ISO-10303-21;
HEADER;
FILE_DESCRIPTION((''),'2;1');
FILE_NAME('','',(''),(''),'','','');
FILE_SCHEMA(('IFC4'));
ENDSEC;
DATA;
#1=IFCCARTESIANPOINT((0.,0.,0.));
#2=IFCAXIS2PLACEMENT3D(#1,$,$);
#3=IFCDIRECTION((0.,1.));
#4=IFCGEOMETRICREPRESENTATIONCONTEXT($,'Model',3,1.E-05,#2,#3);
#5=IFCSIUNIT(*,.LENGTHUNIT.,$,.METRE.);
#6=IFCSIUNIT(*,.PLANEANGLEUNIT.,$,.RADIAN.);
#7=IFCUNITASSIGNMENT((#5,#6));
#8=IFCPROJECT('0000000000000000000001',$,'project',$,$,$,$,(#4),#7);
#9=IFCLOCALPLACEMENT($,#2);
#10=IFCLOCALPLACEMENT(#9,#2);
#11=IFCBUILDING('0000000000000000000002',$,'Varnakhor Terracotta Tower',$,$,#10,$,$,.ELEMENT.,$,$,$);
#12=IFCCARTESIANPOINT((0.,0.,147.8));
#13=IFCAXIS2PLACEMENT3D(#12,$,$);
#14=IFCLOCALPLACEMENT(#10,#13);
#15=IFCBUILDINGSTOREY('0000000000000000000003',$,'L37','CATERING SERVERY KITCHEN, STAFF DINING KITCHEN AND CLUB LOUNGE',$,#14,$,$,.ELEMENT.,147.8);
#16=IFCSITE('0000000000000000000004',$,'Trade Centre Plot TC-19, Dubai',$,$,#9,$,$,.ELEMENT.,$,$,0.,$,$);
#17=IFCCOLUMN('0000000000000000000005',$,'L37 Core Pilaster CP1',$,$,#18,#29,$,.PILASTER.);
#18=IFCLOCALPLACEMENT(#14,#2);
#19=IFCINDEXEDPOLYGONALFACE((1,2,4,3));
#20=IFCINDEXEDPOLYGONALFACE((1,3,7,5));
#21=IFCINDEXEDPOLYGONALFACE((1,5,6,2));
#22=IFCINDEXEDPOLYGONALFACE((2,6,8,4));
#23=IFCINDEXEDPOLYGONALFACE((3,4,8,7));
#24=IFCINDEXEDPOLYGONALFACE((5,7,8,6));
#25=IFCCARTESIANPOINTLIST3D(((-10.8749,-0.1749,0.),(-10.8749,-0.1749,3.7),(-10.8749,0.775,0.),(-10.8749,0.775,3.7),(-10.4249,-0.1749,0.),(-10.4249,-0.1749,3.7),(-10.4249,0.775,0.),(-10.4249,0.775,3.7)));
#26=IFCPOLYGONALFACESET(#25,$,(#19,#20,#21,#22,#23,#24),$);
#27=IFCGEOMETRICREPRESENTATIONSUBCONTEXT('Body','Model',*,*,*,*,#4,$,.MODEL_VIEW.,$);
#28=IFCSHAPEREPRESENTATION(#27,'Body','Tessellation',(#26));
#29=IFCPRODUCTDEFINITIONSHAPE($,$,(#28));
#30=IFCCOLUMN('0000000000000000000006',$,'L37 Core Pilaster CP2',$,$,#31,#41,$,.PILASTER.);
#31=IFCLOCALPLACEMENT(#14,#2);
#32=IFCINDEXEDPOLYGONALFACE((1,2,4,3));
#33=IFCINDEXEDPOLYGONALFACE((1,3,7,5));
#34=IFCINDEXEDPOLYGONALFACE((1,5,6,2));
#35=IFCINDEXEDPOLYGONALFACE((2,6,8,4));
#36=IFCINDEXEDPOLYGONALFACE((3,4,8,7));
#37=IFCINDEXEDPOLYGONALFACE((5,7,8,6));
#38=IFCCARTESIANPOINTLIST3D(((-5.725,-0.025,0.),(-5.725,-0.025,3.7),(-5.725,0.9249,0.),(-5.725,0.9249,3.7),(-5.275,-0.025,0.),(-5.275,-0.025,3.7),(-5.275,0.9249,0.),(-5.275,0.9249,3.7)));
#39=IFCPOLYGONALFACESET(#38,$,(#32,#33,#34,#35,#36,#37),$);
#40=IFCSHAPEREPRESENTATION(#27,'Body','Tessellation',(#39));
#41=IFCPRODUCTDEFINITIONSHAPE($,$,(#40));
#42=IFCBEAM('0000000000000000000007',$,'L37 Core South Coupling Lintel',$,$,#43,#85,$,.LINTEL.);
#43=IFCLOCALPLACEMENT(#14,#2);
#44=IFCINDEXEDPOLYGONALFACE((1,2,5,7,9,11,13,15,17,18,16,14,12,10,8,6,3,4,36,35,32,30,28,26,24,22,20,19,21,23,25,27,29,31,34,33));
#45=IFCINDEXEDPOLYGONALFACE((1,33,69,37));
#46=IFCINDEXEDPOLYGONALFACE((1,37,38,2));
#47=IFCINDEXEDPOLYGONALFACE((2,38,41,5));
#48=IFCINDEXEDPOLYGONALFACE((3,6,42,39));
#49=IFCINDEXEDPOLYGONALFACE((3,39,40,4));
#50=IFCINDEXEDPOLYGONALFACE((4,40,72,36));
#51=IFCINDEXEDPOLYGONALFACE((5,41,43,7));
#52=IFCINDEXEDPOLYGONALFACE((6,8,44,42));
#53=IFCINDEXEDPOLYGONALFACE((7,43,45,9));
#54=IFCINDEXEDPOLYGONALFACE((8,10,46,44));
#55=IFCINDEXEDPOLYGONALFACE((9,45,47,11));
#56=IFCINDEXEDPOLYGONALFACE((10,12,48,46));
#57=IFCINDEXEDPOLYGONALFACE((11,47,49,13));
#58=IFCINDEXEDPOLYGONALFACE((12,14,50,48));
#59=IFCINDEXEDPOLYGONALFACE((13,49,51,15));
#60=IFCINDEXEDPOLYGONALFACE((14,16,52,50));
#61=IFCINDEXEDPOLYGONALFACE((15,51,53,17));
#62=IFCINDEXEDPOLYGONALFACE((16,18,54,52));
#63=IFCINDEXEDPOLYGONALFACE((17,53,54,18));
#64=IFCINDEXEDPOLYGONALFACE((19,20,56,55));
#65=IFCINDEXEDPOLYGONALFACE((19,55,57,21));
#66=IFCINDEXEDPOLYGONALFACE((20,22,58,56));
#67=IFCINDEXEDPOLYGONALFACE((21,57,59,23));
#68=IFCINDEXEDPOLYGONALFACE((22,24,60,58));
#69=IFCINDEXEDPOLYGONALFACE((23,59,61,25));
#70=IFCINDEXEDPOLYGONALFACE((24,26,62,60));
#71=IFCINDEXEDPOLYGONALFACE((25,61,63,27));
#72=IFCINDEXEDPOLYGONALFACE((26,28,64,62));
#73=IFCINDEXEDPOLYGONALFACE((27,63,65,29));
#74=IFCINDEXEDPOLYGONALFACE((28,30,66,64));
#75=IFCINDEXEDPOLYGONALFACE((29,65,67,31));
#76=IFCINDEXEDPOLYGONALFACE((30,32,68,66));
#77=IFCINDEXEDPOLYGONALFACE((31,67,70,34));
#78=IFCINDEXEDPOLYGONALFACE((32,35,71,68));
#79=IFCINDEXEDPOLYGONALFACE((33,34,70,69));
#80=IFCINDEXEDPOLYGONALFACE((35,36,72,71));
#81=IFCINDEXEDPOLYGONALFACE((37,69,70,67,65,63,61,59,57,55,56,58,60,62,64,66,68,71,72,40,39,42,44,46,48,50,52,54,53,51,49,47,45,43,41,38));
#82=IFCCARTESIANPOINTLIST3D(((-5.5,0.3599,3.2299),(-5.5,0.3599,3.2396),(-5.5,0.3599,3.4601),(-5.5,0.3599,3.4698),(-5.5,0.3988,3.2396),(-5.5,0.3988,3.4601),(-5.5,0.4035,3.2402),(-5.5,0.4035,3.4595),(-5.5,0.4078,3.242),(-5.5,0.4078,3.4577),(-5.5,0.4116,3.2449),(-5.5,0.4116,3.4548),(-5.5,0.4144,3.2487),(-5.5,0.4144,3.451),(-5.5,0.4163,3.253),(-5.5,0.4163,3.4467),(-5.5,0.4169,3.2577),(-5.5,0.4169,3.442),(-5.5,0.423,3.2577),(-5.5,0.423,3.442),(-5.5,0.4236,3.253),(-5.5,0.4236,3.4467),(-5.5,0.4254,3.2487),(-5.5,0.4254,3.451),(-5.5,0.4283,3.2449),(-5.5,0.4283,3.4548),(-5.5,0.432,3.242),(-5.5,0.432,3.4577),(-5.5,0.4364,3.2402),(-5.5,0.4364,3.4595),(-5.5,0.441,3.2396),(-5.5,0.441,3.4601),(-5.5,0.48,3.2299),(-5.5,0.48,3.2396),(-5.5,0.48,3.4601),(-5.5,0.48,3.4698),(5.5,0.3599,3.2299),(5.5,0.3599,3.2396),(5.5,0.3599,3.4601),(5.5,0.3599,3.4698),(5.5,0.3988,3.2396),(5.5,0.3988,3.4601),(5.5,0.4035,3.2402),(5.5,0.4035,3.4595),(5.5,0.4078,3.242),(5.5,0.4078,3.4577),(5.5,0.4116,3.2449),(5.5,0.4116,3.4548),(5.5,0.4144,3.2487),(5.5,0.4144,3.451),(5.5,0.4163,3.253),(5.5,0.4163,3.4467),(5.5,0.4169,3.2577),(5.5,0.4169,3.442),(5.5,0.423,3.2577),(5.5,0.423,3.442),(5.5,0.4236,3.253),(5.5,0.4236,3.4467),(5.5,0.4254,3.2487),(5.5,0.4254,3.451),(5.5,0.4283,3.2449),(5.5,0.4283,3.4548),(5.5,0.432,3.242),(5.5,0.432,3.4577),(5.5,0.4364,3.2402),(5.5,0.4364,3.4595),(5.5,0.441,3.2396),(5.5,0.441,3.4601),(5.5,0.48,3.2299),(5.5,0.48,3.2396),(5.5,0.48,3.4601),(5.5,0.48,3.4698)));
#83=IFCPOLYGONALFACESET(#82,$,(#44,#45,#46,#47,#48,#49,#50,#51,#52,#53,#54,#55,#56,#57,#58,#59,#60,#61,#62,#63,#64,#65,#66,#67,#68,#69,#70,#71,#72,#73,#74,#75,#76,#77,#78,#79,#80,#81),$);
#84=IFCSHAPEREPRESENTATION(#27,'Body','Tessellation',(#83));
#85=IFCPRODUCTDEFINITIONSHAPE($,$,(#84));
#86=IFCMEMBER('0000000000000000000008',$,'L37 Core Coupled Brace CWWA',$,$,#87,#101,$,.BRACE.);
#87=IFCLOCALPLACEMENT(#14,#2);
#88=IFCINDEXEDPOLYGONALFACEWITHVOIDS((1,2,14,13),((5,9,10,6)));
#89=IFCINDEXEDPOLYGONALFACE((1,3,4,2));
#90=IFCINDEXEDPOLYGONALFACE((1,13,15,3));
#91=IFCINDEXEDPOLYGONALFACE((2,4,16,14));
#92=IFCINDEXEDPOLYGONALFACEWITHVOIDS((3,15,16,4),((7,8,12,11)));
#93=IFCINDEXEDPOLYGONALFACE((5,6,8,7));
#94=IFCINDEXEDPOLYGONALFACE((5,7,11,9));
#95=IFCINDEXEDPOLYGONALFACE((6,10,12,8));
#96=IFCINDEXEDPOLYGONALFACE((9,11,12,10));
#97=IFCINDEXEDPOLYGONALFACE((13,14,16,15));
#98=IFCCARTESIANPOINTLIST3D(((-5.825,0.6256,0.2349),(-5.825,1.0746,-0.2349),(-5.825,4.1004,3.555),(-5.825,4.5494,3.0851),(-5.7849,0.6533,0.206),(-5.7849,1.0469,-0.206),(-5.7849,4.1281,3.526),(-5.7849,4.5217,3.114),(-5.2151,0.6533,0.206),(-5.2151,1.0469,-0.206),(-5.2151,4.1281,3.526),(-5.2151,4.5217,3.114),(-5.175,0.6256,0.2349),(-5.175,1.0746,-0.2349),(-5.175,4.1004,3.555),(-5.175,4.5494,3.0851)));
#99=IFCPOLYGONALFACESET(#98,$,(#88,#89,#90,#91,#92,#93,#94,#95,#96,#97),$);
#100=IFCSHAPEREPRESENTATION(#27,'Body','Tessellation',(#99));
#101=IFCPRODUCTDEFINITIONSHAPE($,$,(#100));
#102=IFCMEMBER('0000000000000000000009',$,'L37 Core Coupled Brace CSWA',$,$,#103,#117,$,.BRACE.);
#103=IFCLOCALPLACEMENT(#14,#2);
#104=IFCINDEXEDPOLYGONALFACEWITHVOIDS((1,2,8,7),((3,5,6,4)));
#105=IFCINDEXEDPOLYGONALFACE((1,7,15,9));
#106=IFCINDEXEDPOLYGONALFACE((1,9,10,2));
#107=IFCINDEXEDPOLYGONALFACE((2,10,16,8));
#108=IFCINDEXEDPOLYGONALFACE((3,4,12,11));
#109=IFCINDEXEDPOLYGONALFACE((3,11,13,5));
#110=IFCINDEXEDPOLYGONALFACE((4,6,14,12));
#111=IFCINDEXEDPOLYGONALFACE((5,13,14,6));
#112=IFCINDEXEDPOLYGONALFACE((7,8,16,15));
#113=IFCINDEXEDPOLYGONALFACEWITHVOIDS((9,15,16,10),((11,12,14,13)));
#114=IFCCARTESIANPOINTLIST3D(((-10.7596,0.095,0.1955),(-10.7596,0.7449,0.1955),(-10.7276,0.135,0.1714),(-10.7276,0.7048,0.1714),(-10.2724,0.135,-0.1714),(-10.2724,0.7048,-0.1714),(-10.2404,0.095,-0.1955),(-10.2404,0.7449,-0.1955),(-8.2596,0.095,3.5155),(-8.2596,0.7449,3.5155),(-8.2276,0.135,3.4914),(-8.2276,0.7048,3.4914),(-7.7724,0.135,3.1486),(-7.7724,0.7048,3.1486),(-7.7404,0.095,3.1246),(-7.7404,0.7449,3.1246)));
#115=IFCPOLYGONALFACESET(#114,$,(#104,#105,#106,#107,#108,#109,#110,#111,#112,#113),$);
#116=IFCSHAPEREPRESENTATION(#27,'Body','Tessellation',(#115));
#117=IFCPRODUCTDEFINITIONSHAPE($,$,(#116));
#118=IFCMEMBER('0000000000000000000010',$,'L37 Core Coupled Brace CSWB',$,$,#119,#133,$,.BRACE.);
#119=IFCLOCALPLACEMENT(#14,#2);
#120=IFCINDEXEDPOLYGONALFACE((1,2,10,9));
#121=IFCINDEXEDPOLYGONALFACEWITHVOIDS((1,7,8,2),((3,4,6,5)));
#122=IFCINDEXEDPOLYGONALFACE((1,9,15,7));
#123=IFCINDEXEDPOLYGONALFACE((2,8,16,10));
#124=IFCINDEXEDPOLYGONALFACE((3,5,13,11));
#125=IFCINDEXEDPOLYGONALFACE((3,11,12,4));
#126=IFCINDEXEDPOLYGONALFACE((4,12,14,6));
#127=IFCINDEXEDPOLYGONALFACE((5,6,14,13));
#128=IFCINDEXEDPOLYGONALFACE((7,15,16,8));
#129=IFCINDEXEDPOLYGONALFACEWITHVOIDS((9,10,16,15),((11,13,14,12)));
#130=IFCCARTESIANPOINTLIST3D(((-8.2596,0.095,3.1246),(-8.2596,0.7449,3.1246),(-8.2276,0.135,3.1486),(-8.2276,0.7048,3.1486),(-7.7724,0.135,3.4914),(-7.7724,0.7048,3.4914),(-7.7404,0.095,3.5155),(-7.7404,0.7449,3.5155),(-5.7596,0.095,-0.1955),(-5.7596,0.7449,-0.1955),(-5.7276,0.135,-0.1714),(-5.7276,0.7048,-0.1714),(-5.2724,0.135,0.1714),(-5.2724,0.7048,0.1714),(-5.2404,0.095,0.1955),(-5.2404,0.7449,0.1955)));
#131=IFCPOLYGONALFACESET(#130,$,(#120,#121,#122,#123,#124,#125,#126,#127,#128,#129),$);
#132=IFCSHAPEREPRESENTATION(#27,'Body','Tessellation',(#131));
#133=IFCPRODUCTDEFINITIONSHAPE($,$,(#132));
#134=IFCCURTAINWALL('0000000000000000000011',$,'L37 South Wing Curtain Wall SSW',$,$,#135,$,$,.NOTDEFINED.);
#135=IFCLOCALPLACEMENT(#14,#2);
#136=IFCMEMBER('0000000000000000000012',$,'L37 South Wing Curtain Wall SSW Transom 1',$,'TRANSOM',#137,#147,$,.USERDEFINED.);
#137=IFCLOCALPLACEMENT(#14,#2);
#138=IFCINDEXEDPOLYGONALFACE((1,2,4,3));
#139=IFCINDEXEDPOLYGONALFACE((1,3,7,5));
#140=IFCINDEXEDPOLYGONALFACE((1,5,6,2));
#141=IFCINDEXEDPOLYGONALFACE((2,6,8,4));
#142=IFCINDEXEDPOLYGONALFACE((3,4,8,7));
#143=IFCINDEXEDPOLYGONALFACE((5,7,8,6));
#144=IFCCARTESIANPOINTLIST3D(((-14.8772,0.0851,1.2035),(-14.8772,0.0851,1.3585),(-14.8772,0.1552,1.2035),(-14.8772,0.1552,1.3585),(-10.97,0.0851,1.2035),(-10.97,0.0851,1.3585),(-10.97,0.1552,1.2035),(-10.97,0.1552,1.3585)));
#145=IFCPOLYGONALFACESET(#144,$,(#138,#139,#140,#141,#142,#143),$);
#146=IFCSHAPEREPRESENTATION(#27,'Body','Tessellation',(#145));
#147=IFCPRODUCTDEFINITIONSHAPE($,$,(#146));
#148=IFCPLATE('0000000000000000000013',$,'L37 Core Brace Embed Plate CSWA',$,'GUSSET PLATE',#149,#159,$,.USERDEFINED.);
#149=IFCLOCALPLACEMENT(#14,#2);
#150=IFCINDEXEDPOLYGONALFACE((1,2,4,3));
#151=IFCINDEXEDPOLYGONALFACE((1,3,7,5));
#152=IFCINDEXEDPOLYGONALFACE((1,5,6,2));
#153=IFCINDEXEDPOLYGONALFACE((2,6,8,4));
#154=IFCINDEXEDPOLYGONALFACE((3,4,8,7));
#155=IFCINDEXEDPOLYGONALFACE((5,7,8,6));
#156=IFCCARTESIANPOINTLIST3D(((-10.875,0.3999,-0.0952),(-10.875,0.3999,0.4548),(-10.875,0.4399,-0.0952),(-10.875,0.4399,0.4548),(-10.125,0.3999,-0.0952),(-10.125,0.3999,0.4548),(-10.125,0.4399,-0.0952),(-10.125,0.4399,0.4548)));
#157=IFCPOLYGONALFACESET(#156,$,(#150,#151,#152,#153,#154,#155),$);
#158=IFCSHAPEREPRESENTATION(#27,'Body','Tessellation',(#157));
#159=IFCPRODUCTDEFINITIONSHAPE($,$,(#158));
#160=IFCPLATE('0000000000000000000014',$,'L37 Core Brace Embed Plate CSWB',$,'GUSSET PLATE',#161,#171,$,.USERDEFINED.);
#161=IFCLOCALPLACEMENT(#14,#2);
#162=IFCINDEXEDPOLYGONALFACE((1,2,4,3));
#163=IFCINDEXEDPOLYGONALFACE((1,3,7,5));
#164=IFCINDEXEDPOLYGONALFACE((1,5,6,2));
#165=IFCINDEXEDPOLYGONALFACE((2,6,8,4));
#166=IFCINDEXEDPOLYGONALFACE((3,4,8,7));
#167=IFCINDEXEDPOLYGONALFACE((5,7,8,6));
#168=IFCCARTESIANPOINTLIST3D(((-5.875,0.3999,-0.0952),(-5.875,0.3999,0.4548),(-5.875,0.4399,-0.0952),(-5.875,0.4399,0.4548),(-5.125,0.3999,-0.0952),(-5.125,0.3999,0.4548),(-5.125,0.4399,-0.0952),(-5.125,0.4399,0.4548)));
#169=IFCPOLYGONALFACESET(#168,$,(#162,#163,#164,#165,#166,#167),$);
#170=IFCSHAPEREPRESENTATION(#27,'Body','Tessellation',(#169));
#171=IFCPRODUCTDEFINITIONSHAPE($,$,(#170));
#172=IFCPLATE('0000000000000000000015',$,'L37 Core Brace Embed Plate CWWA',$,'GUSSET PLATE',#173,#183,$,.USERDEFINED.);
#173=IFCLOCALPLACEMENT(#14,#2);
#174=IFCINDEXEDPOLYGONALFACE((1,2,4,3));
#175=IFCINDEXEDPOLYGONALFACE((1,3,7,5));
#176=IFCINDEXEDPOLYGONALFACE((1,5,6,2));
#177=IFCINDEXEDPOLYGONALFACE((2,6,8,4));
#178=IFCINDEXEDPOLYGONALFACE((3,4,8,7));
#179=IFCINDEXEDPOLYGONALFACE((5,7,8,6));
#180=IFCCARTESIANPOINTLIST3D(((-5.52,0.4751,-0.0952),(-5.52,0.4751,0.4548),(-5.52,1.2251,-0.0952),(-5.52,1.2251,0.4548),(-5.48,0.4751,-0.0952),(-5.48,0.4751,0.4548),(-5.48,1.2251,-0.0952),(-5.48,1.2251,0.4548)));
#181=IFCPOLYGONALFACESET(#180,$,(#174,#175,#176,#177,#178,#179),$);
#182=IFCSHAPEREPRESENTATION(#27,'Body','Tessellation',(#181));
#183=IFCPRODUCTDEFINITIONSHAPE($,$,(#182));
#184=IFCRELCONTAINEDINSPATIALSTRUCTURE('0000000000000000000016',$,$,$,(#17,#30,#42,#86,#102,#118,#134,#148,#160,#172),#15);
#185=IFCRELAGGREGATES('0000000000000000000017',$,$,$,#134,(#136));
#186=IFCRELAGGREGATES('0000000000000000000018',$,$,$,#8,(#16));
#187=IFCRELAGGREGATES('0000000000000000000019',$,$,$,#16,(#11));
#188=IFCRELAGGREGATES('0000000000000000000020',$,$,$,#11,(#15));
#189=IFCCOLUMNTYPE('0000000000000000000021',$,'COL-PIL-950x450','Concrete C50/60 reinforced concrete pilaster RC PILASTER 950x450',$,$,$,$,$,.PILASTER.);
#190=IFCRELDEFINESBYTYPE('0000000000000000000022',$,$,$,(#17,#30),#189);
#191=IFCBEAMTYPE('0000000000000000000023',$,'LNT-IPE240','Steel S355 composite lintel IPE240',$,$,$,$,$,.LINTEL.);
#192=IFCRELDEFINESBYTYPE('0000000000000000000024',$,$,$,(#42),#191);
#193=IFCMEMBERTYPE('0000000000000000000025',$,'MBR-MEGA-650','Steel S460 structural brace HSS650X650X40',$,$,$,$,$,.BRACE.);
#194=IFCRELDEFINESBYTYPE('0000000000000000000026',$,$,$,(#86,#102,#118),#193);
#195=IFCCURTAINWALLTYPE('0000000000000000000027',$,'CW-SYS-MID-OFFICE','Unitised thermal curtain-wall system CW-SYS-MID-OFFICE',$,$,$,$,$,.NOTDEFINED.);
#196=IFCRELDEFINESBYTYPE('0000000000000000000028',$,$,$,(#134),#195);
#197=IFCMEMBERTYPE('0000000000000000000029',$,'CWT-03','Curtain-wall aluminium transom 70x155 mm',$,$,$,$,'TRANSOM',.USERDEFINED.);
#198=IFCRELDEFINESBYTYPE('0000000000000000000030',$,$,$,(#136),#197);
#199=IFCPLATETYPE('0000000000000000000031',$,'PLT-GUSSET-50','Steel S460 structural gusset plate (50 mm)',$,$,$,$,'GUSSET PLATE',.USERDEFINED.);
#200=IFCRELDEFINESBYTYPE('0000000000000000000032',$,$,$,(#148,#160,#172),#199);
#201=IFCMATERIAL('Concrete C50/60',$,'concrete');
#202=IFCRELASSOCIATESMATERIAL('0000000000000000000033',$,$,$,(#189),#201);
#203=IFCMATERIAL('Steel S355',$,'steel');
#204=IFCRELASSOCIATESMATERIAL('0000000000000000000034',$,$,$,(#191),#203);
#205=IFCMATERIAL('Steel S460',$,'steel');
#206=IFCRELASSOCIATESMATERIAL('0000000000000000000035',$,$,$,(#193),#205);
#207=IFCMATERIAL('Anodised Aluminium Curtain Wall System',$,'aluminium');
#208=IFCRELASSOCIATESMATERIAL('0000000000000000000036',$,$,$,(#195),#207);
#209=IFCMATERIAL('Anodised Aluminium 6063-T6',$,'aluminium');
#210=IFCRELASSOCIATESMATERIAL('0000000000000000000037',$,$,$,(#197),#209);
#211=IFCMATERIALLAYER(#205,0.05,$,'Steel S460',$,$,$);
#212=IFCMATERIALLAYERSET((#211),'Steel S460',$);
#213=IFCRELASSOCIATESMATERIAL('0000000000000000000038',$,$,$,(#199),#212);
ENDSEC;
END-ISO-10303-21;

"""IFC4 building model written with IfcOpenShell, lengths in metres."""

from ifc_helpers import new_model, si_unit, direction, frame, origin, origin_2d, place, context, subcontext, project, spatial, rectangle, hollow_rectangle, i_section, extrude, source, transform, mapped, material, layer, layer_set, material_profile, profile_set, type_object, type_shapes, element, aggregate, save


model = new_model("IFC4")

# Units and contexts
model_context = context("Model", 3, precision=1e-05, world=origin(), true_north=direction((0.0, 1.0)))
body_context = subcontext(model_context, "Body", "Model", "MODEL_VIEW")
ifc_project = project(units=[si_unit("LENGTHUNIT", "METRE"), si_unit("PLANEANGLEUNIT", "RADIAN")], contexts=[model_context])

# Site, building, storey
site_placement = place(None, origin())
site = spatial("IfcSite", under=ifc_project, at=site_placement, Name="Trade Centre Plot TC-19, Dubai", CompositionType="ELEMENT", RefElevation=0.0)
building_placement = place(site_placement, origin())
building = spatial("IfcBuilding", under=site, at=building_placement, Name="Varnakhor Terracotta Tower", CompositionType="ELEMENT")
storey_placement = place(building_placement, frame((0.0, 0.0, 147.8)))
storey = spatial("IfcBuildingStorey", under=building, at=storey_placement, Name="L37", Description="CATERING SERVERY KITCHEN, STAFF DINING KITCHEN AND CLUB LOUNGE", CompositionType="ELEMENT", Elevation=147.8)

# Columns
ifc_material_1 = material(Name="Concrete C50/60", Category="concrete")
ifc_material_profile_1 = material_profile(ifc_material_1, rectangle(XDim=0.45, YDim=0.95, at=origin_2d()), Name="RC PILASTER 950x450")
ifc_profile_set_1 = profile_set([ifc_material_profile_1], Name="Concrete C50/60")
column_type = type_object("IfcColumnType", Name="COL-PIL-950x450", Description="Concrete C50/60 reinforced concrete pilaster RC PILASTER 950x450", PredefinedType="PILASTER", material=ifc_profile_set_1)
shared_shape_1 = source(origin(), body_context, "Body", "SweptSolid", [
    extrude(rectangle(XDim=0.45, YDim=0.95, at=origin_2d()), origin(), (0.0, 0.0, 1.0), 3.7),
])
for number, where, z_axis, x_axis, name in (
    (1, (-10.6499, 0.3, 0.0), (0.0, 0.0, 1.0), (1.0, 0.0, 0.0), "L37 Core Pilaster CP1"),
    (2, (-5.5, 0.45, 0.0), (0.0, 0.0, 1.0), (1.0, 0.0, 0.0), "L37 Core Pilaster CP2"),
):
    element("IfcColumn", number, at=place(storey_placement, frame(where, z_axis=z_axis, x_axis=x_axis)), inside=storey, type_object=column_type, Name=name, PredefinedType="PILASTER", context=body_context, shape_type="MappedRepresentation", body=[
        mapped(shared_shape_1, transform((0.0, 0.0, 0.0), scale=1.0)),
    ])

# Beam
ifc_material_2 = material(Name="Steel S355", Category="steel")
ifc_material_profile_2 = material_profile(ifc_material_2, i_section(OverallWidth=0.1201, OverallDepth=0.24, WebThickness=0.0061, FlangeThickness=0.0098, FilletRadius=0.0181, at=origin_2d()), Name="IPE240")
ifc_profile_set_2 = profile_set([ifc_material_profile_2], Name="Steel S355")
beam_type = type_object("IfcBeamType", Name="LNT-IPE240", Description="Steel S355 composite lintel IPE240", PredefinedType="LINTEL", material=ifc_profile_set_2)
shared_shape_2 = source(origin(), body_context, "Body", "SweptSolid", [
    extrude(i_section(OverallWidth=0.1201, OverallDepth=0.24, WebThickness=0.0061, FlangeThickness=0.0098, FilletRadius=0.0181, at=origin_2d()), origin(), (0.0, 0.0, 1.0), 11.0),
])
type_shapes(beam_type, [shared_shape_2])
beam_placement = place(storey_placement, frame((-5.5, 0.4199, 3.3499), z_axis=(1.0, 0.0, 0.0), x_axis=(0.0, 1.0, 0.0)))
element("IfcBeam", 3, at=beam_placement, inside=storey, type_object=beam_type, Name="L37 Core South Coupling Lintel", PredefinedType="LINTEL", context=body_context, shape_type="MappedRepresentation", body=[
    mapped(shared_shape_2, transform((0.0, 0.0, 0.0), scale=1.0)),
])

# Members
ifc_material_3 = material(Name="Steel S460", Category="steel")
ifc_material_profile_3 = material_profile(ifc_material_3, hollow_rectangle(XDim=0.6499, YDim=0.6499, WallThickness=0.04, at=origin_2d()), Name="HSS650X650X40")
ifc_profile_set_3 = profile_set([ifc_material_profile_3], Name="Steel S460")
member_type_1 = type_object("IfcMemberType", Name="MBR-MEGA-650", Description="Steel S460 structural brace HSS650X650X40", PredefinedType="BRACE", material=ifc_profile_set_3)
shared_shape_3 = source(origin(), body_context, "Body", "SweptSolid", [
    extrude(hollow_rectangle(XDim=0.6499, YDim=0.6499, WallThickness=0.04, at=origin_2d()), origin(), (0.0, 0.0, 1.0), 4.8059),
])
member_1_placement = place(storey_placement, frame((-5.5, 0.8501, 0.0), z_axis=(0.0, 0.723027, 0.69082), x_axis=(-1.0, 0.0, 0.0)))
element("IfcMember", 4, at=member_1_placement, inside=storey, type_object=member_type_1, Name="L37 Core Coupled Brace CWWA", PredefinedType="BRACE", context=body_context, shape_type="MappedRepresentation", body=[
    mapped(shared_shape_3, transform((0.0, 0.0, 0.0), scale=1.0)),
])
shared_shape_4 = source(origin(), body_context, "Body", "SweptSolid", [
    extrude(hollow_rectangle(XDim=0.6499, YDim=0.6499, WallThickness=0.04, at=origin_2d()), origin(), (0.0, 0.0, 1.0), 4.156),
])
for number, where, z_axis, x_axis, name in (
    (5, (-10.5, 0.4199, 0.0), (0.601531, 0.0, 0.79885), (0.0, 1.0, 0.0), "L37 Core Coupled Brace CSWA"),
    (6, (-5.5, 0.4199, 0.0), (-0.601531, 0.0, 0.79885), (0.0, -1.0, 0.0), "L37 Core Coupled Brace CSWB"),
):
    element("IfcMember", number, at=place(storey_placement, frame(where, z_axis=z_axis, x_axis=x_axis)), inside=storey, type_object=member_type_1, Name=name, PredefinedType="BRACE", context=body_context, shape_type="MappedRepresentation", body=[
        mapped(shared_shape_4, transform((0.0, 0.0, 0.0), scale=1.0)),
    ])

# Curtain wall, member
ifc_material_4 = material(Name="Anodised Aluminium Curtain Wall System", Category="aluminium")
curtain_wall_type = type_object("IfcCurtainWallType", Name="CW-SYS-MID-OFFICE", Description="Unitised thermal curtain-wall system CW-SYS-MID-OFFICE", PredefinedType="NOTDEFINED", material=ifc_material_4)
curtain_wall_placement = place(storey_placement, origin())
curtain_wall = element("IfcCurtainWall", 7, at=curtain_wall_placement, inside=storey, type_object=curtain_wall_type, Name="L37 South Wing Curtain Wall SSW", PredefinedType="NOTDEFINED")
ifc_material_5 = material(Name="Anodised Aluminium 6063-T6", Category="aluminium")
ifc_material_profile_4 = material_profile(ifc_material_5, rectangle(XDim=0.0701, YDim=0.155, at=origin_2d()), Name="ALU TRANSOM 70x155")
ifc_profile_set_4 = profile_set([ifc_material_profile_4], Name="Anodised Aluminium 6063-T6")
member_type_2 = type_object("IfcMemberType", Name="CWT-03", Description="Curtain-wall aluminium transom 70x155 mm", ElementType="TRANSOM", PredefinedType="USERDEFINED", material=ifc_profile_set_4)
shared_shape_5 = source(origin(), body_context, "Body", "SweptSolid", [
    extrude(rectangle(XDim=0.0701, YDim=0.155, at=origin_2d()), origin(), (0.0, 0.0, 1.0), 3.9072),
])
member_2_placement = place(storey_placement, frame((-10.97, 0.1201, 1.281), z_axis=(-1.0, 0.0, 0.0), x_axis=(0.0, -1.0, 0.0)))
member_2 = element("IfcMember", 8, at=member_2_placement, type_object=member_type_2, Name="L37 South Wing Curtain Wall SSW Transom 1", ObjectType="TRANSOM", PredefinedType="USERDEFINED", context=body_context, shape_type="MappedRepresentation", body=[
    mapped(shared_shape_5, transform((0.0, 0.0, 0.0), scale=1.0)),
])
aggregate(curtain_wall, [member_2])

# Plates
ifc_layer_1 = layer(ifc_material_3, 0.05, Name="Steel S460")
ifc_layer_set_1 = layer_set([ifc_layer_1], Name="Steel S460")
plate_type = type_object("IfcPlateType", Name="PLT-GUSSET-50", Description="Steel S460 structural gusset plate (50 mm)", ElementType="GUSSET PLATE", PredefinedType="USERDEFINED", material=ifc_layer_set_1)
shared_shape_6 = source(origin(), body_context, "Body", "SweptSolid", [
    extrude(rectangle(XDim=0.75, YDim=0.04, at=origin_2d()), origin(), (0.0, 0.0, 1.0), 0.55),
])
type_shapes(plate_type, [shared_shape_6])
for number, where, z_axis, x_axis, name in (
    (9, (-10.5, 0.4199, -0.0952), (0.0, 0.0, 1.0), (1.0, 0.0, 0.0), "L37 Core Brace Embed Plate CSWA"),
    (10, (-5.5, 0.4199, -0.0952), (0.0, 0.0, 1.0), (1.0, 0.0, 0.0), "L37 Core Brace Embed Plate CSWB"),
    (11, (-5.5, 0.8501, -0.0952), (0.0, 0.0, 1.0), (0.0, 1.0, 0.0), "L37 Core Brace Embed Plate CWWA"),
):
    element("IfcPlate", number, at=place(storey_placement, frame(where, z_axis=z_axis, x_axis=x_axis)), inside=storey, type_object=plate_type, Name=name, ObjectType="GUSSET PLATE", PredefinedType="USERDEFINED", context=body_context, shape_type="MappedRepresentation", body=[
        mapped(shared_shape_6, transform((0.0, 0.0, 0.0), scale=1.0)),
    ])

save(model, "model.ifc")
